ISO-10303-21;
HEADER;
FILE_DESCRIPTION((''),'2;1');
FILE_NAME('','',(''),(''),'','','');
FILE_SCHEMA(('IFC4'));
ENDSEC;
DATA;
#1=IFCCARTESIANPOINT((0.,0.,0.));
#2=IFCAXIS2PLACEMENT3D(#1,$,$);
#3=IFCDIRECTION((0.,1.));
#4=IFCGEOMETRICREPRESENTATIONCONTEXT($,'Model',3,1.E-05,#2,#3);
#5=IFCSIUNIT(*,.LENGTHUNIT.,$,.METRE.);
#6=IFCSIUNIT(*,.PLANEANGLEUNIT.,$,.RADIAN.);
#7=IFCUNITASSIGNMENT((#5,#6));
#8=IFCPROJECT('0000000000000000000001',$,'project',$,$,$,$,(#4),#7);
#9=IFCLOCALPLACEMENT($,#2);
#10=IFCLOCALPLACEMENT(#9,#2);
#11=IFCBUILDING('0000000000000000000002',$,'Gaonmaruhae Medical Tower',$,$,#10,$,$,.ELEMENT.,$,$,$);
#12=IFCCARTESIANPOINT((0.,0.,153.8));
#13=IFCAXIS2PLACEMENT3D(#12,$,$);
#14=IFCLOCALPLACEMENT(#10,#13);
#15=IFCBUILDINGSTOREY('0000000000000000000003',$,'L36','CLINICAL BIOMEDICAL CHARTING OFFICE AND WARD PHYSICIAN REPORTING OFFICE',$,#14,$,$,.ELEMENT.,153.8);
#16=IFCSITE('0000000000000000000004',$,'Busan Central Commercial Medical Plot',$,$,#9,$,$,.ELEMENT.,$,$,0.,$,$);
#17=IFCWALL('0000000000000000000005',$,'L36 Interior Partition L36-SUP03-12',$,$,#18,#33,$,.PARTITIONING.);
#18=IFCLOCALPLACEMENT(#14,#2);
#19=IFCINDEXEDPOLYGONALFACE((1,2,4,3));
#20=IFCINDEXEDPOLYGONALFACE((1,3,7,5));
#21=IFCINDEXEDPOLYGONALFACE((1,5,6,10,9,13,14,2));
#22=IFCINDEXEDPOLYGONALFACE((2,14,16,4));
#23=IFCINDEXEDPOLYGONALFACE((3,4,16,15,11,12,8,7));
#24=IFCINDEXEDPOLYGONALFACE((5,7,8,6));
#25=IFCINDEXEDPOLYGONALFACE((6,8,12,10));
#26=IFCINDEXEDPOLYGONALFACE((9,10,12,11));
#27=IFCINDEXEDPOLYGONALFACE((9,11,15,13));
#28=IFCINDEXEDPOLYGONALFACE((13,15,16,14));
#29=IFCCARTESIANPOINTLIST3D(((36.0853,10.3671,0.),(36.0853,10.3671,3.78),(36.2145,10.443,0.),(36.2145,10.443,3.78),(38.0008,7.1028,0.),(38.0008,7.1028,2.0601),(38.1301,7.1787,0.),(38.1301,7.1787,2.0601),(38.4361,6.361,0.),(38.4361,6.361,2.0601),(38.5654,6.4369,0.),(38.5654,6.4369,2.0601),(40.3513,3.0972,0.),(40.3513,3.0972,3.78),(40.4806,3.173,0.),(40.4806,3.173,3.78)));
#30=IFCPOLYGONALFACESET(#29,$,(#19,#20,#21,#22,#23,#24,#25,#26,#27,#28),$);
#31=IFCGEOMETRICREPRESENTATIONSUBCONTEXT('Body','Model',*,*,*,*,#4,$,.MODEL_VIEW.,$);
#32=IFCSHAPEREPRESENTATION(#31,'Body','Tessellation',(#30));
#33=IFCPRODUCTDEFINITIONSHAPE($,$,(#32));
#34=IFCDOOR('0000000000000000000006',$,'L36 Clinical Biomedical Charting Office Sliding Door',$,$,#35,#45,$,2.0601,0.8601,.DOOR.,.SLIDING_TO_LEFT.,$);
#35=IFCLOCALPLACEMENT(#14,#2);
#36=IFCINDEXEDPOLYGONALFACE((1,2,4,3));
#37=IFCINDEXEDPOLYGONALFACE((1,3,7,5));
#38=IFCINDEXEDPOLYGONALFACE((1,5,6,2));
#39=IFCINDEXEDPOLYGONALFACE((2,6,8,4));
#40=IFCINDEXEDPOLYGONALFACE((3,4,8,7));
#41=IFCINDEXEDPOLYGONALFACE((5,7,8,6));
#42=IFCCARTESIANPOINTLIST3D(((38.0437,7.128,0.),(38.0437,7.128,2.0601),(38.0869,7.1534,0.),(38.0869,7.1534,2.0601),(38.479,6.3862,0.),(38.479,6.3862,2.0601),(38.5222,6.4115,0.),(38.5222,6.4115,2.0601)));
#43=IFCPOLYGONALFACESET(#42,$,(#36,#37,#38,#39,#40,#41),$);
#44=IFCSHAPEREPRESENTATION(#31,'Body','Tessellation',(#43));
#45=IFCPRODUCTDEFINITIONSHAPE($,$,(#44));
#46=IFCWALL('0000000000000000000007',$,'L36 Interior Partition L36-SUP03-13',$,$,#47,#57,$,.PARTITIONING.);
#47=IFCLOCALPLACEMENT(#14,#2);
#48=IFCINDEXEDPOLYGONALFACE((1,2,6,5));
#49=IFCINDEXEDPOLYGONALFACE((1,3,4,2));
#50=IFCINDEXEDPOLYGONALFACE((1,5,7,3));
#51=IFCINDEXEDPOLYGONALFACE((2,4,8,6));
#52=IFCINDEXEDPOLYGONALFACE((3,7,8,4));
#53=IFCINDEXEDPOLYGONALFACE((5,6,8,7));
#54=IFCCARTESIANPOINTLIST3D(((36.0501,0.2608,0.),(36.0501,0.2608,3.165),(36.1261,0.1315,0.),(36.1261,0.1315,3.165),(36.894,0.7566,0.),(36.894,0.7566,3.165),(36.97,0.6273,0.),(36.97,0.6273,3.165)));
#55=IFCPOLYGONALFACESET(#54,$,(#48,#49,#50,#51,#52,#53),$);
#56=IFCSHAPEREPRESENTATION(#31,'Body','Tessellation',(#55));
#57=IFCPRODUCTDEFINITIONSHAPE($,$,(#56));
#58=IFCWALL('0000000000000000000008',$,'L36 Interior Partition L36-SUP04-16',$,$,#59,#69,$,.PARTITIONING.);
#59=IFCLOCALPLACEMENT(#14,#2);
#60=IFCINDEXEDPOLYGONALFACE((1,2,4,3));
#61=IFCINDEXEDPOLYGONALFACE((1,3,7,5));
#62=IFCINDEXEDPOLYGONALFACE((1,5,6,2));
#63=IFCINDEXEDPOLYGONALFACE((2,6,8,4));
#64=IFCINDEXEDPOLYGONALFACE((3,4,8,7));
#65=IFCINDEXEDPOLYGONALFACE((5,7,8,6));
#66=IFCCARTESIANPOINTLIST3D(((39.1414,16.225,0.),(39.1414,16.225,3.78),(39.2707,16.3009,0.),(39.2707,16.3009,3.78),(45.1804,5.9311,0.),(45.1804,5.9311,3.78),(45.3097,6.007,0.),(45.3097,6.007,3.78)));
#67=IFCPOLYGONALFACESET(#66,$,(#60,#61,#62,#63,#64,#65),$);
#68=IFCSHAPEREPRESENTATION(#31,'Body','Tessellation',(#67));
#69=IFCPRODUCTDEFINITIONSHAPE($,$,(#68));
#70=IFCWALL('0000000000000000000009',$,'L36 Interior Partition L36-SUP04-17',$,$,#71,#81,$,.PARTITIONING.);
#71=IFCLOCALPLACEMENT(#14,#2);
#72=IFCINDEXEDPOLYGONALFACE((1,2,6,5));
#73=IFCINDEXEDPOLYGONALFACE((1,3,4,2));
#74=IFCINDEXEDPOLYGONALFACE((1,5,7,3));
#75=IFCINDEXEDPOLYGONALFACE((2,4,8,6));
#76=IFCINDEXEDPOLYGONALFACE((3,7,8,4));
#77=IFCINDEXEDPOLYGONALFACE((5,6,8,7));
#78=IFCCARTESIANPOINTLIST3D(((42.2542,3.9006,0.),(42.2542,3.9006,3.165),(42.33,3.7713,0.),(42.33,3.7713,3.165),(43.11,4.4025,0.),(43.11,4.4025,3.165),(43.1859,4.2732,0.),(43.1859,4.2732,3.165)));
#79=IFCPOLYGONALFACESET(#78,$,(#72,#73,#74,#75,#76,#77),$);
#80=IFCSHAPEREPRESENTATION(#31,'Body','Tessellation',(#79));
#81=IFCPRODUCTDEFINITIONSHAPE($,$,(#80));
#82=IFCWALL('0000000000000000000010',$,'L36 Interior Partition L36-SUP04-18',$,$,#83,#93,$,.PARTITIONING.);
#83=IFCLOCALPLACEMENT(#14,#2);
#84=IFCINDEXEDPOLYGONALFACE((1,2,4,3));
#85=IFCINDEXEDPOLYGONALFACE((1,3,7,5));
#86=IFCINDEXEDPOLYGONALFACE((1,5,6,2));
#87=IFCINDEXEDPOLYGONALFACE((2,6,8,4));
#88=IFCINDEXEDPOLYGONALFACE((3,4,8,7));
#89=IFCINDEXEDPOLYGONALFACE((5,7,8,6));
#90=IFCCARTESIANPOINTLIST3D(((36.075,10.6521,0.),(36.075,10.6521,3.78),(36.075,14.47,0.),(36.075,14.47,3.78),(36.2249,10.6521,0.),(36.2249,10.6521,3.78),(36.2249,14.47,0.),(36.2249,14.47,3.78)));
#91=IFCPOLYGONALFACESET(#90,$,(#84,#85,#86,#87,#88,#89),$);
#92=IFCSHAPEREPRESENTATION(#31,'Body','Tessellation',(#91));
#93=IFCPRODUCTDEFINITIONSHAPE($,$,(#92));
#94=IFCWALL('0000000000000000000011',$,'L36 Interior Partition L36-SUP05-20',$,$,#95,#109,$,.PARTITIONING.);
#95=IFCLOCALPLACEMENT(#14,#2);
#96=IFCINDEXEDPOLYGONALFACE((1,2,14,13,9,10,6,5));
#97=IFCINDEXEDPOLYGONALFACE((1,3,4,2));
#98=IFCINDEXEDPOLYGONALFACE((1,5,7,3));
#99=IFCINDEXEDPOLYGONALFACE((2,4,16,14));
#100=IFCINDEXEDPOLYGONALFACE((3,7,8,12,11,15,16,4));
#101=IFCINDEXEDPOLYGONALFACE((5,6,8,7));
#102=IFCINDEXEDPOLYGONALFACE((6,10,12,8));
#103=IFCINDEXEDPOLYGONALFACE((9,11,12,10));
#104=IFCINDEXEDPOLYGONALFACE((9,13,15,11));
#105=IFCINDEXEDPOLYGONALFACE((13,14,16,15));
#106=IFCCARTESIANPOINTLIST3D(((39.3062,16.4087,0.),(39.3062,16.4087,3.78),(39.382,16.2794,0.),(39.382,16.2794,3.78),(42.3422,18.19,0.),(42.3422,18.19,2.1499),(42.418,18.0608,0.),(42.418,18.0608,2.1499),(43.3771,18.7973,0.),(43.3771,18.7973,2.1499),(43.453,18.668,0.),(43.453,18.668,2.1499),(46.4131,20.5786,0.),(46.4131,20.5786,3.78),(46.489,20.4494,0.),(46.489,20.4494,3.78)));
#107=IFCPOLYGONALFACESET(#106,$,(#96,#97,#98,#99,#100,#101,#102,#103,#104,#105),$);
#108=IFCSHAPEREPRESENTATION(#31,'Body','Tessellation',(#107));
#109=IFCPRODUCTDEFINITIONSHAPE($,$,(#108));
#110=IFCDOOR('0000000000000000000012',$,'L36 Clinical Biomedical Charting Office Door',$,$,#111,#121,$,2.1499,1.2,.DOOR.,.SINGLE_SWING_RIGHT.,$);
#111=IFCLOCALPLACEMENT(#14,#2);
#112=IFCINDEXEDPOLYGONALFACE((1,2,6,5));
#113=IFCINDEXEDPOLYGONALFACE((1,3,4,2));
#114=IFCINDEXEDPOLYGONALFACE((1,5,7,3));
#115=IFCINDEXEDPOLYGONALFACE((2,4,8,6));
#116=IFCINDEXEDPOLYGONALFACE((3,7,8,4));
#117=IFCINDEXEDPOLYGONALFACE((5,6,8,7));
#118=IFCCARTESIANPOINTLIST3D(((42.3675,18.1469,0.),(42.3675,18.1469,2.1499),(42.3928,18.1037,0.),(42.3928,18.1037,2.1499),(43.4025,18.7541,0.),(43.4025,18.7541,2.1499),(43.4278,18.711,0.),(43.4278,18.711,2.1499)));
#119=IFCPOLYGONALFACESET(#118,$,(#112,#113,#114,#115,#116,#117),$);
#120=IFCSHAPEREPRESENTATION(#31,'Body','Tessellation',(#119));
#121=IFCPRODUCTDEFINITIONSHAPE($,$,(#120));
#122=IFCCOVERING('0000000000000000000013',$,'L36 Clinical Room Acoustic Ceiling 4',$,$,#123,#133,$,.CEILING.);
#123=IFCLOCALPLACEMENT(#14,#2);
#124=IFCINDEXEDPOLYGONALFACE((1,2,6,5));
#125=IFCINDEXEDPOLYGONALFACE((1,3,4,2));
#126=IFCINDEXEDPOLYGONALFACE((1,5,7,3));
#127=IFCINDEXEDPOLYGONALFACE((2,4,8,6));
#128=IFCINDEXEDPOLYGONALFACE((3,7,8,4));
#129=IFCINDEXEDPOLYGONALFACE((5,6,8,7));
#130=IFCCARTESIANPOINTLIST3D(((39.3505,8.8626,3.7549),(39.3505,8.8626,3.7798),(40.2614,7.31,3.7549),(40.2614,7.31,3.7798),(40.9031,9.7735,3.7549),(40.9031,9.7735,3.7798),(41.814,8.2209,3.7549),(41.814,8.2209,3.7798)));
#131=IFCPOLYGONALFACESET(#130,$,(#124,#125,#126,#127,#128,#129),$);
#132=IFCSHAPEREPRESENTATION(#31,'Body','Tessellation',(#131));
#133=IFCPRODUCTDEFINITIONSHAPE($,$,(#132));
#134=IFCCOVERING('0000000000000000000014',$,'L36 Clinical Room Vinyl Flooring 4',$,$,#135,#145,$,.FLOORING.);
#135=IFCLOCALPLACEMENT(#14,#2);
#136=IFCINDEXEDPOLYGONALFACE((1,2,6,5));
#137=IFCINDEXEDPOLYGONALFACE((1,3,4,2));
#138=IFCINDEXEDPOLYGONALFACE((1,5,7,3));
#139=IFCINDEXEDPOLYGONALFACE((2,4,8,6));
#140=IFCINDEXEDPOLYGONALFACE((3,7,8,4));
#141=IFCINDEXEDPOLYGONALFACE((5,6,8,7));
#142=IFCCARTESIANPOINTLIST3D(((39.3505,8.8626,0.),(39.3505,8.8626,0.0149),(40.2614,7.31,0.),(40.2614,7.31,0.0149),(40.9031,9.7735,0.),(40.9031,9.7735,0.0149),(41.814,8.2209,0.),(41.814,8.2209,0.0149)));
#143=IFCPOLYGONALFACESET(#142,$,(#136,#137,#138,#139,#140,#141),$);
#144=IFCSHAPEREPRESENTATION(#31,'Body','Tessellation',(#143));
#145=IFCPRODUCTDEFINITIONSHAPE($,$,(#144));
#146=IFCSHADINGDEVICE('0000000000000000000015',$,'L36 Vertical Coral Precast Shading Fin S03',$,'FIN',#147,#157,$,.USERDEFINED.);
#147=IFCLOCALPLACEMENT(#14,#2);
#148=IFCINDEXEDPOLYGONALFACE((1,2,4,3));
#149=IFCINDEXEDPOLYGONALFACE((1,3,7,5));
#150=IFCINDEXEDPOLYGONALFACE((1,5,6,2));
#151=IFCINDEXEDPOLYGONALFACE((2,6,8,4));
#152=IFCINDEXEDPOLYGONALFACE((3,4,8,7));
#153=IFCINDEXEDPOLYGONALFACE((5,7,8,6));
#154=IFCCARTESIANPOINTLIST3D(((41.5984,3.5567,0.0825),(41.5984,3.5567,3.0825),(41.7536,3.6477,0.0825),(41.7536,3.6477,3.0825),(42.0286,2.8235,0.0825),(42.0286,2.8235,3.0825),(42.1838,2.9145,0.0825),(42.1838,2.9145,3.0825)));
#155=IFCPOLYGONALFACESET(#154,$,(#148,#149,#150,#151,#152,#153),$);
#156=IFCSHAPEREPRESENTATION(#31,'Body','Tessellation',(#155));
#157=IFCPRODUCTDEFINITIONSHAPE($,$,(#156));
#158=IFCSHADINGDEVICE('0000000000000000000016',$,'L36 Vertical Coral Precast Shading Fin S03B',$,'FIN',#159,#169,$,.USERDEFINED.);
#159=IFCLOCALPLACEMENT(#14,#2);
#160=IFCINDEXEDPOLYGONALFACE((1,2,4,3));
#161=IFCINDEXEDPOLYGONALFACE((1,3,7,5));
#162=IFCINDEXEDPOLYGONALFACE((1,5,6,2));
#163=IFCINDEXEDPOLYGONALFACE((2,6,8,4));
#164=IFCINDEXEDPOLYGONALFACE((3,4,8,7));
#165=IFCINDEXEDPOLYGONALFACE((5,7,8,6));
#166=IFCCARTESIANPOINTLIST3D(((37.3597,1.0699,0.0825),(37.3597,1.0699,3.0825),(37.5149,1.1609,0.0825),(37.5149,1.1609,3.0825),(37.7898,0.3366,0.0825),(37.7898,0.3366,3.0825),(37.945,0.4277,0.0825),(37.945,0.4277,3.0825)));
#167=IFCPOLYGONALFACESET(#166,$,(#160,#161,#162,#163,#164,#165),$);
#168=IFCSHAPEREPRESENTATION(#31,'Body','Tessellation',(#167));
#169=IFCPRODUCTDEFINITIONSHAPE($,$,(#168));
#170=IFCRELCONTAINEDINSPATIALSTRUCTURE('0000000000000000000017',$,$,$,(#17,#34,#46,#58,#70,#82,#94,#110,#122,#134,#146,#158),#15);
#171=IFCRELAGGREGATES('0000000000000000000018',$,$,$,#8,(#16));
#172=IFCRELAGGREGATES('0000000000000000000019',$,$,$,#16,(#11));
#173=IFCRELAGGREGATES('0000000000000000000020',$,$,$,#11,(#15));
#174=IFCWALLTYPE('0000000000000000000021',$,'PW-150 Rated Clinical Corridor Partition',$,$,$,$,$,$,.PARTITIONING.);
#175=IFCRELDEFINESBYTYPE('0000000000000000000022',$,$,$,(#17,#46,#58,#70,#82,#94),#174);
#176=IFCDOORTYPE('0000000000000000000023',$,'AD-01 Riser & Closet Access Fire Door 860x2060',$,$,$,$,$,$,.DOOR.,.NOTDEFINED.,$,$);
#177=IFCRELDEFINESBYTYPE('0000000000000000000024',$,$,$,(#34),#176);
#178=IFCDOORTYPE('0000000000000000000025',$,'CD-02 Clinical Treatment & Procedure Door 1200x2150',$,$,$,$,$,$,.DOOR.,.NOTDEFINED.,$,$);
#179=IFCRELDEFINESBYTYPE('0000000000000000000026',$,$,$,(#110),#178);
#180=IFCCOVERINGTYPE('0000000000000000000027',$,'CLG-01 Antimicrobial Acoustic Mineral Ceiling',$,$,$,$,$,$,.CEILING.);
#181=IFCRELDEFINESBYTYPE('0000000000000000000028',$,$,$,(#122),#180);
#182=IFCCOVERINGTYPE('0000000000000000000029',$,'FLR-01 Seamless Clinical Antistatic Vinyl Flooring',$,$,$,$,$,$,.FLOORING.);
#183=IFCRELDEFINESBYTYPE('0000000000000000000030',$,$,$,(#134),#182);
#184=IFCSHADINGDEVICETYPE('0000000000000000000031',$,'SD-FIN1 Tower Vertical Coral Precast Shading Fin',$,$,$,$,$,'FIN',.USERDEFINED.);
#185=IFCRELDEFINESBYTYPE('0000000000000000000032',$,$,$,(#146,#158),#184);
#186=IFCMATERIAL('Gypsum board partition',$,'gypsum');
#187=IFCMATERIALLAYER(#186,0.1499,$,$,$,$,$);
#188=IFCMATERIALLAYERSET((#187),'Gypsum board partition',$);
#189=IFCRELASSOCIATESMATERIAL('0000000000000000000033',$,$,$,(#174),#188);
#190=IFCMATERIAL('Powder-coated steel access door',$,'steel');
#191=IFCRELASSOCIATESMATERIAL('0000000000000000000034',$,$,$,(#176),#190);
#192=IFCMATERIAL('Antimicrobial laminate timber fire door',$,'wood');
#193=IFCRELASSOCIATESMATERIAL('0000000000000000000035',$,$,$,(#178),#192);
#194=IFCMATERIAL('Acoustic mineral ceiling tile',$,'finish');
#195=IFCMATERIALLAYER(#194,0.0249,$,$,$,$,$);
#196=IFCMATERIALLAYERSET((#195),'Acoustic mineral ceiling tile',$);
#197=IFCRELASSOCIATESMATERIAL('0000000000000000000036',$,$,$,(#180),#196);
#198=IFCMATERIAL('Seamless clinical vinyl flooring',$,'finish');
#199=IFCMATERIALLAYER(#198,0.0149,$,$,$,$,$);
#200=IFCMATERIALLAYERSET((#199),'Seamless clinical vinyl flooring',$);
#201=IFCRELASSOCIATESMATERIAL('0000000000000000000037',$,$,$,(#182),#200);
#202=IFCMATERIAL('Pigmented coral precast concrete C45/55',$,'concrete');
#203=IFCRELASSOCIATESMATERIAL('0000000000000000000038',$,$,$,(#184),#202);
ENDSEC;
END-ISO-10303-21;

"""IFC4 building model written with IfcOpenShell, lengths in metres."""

from ifc_helpers import new_model, si_unit, direction, frame, frame_2d, origin, origin_2d, place, context, subcontext, project, spatial, rectangle, extrude, material, layer, layer_set, type_object, element, fill, save


model = new_model("IFC4")

# Units and contexts
model_context = context("Model", 3, precision=1e-05, world=origin(), true_north=direction((0.0, 1.0)))
body_context = subcontext(model_context, "Body", "Model", "MODEL_VIEW")
ifc_project = project(units=[si_unit("LENGTHUNIT", "METRE"), si_unit("PLANEANGLEUNIT", "RADIAN")], contexts=[model_context])

# Site, building, storey
site_placement = place(None, origin())
site = spatial("IfcSite", under=ifc_project, at=site_placement, Name="Busan Central Commercial Medical Plot", CompositionType="ELEMENT", RefElevation=0.0)
building_placement = place(site_placement, origin())
building = spatial("IfcBuilding", under=site, at=building_placement, Name="Gaonmaruhae Medical Tower", CompositionType="ELEMENT")
storey_placement = place(building_placement, frame((0.0, 0.0, 153.8)))
storey = spatial("IfcBuildingStorey", under=building, at=storey_placement, Name="L36", Description="CLINICAL BIOMEDICAL CHARTING OFFICE AND WARD PHYSICIAN REPORTING OFFICE", CompositionType="ELEMENT", Elevation=153.8)

# Wall, opening, door
ifc_material_1 = material(Name="Gypsum board partition", Category="gypsum")
ifc_layer_1 = layer(ifc_material_1, 0.1499)
ifc_layer_set_1 = layer_set([ifc_layer_1], Name="Gypsum board partition")
wall_type_1 = type_object("IfcWallType", Name="PW-150 Rated Clinical Corridor Partition", PredefinedType="PARTITIONING", material=ifc_layer_set_1)
wall_1_placement = place(storey_placement, frame((36.1499, 10.405, 0.0), z_axis=(0.0, 0.0, 1.0), x_axis=(0.506106, -0.862471, 0.0)))
wall_1 = element("IfcWall", 1, at=wall_1_placement, inside=storey, type_object=wall_type_1, Name="L36 Interior Partition L36-SUP03-12", PredefinedType="PARTITIONING", context=body_context, shape_type="SweptSolid", body=[
    extrude(rectangle(XDim=8.4292, YDim=0.1499, at=frame_2d((4.2146, 0.0))), origin(), (0.0, 0.0, 1.0), 3.78),
])
opening_1_placement = place(wall_1_placement, frame((3.7847, 0.0, 0.0)))
opening_1 = element("IfcOpeningElement", 2, at=opening_1_placement, cuts=wall_1, PredefinedType="OPENING", context=body_context, shape_type="SweptSolid", body=[
    extrude(rectangle(XDim=0.8601, YDim=2.0601, at=frame_2d((0.4302, 1.03))), frame((0.0, 0.085, 0.0), z_axis=(0.0, -1.0, 0.0), x_axis=(1.0, 0.0, 0.0)), (0.0, 0.0, 1.0), 0.1699),
])
ifc_material_2 = material(Name="Powder-coated steel access door", Category="steel")
door_type_1 = type_object("IfcDoorType", Name="AD-01 Riser & Closet Access Fire Door 860x2060", OperationType="NOTDEFINED", PredefinedType="DOOR", material=ifc_material_2)
door_1_placement = place(opening_1_placement, origin())
door_1 = element("IfcDoor", 3, at=door_1_placement, inside=storey, type_object=door_type_1, Name="L36 Clinical Biomedical Charting Office Sliding Door", OperationType="SLIDING_TO_LEFT", OverallHeight=2.0601, OverallWidth=0.8601, PredefinedType="DOOR", context=body_context, shape_type="SweptSolid", body=[
    extrude(rectangle(XDim=0.8601, YDim=2.0601, at=frame_2d((0.4302, 1.03))), frame((0.0, 0.0249, 0.0), z_axis=(0.0, -1.0, 0.0), x_axis=(1.0, 0.0, 0.0)), (0.0, 0.0, 1.0), 0.05),
])
fill(opening_1, door_1)

# Walls
wall_2_placement = place(storey_placement, frame((36.9319, 0.6919, 0.0), z_axis=(0.0, 0.0, 1.0), x_axis=(-0.86221, -0.506551, 0.0)))
element("IfcWall", 4, at=wall_2_placement, inside=storey, type_object=wall_type_1, Name="L36 Interior Partition L36-SUP03-13", PredefinedType="PARTITIONING", context=body_context, shape_type="SweptSolid", body=[
    extrude(rectangle(XDim=0.9788, YDim=0.1499, at=frame_2d((0.4893, 0.0))), origin(), (0.0, 0.0, 1.0), 3.165),
])
wall_3_placement = place(storey_placement, frame((39.2061, 16.2629, 0.0), z_axis=(0.0, 0.0, 1.0), x_axis=(0.506011, -0.862527, 0.0)))
element("IfcWall", 5, at=wall_3_placement, inside=storey, type_object=wall_type_1, Name="L36 Interior Partition L36-SUP04-16", PredefinedType="PARTITIONING", context=body_context, shape_type="SweptSolid", body=[
    extrude(rectangle(XDim=11.9346, YDim=0.1499, at=frame_2d((5.9673, 0.0))), origin(), (0.0, 0.0, 1.0), 3.78),
])
wall_4_placement = place(storey_placement, frame((43.1479, 4.3379, 0.0), z_axis=(0.0, 0.0, 1.0), x_axis=(-0.862617, -0.505858, 0.0)))
element("IfcWall", 6, at=wall_4_placement, inside=storey, type_object=wall_type_1, Name="L36 Interior Partition L36-SUP04-17", PredefinedType="PARTITIONING", context=body_context, shape_type="SweptSolid", body=[
    extrude(rectangle(XDim=0.9922, YDim=0.1499, at=frame_2d((0.4961, 0.0))), origin(), (0.0, 0.0, 1.0), 3.165),
])
wall_5_placement = place(storey_placement, frame((36.1499, 10.6521, 0.0), z_axis=(0.0, 0.0, 1.0), x_axis=(0.0, 1.0, 0.0)))
element("IfcWall", 7, at=wall_5_placement, inside=storey, type_object=wall_type_1, Name="L36 Interior Partition L36-SUP04-18", PredefinedType="PARTITIONING", context=body_context, shape_type="SweptSolid", body=[
    extrude(rectangle(XDim=3.8179, YDim=0.1499, at=frame_2d((1.9089, 0.0))), origin(), (0.0, 0.0, 1.0), 3.78),
])

# Wall, opening, door
ifc_material_3 = material(Name="Antimicrobial laminate timber fire door", Category="wood")
door_type_2 = type_object("IfcDoorType", Name="CD-02 Clinical Treatment & Procedure Door 1200x2150", OperationType="NOTDEFINED", PredefinedType="DOOR", material=ifc_material_3)
wall_6_placement = place(storey_placement, frame((39.344, 16.344, 0.0), z_axis=(0.0, 0.0, 1.0), x_axis=(0.862497, 0.506062, 0.0)))
wall_6 = element("IfcWall", 8, at=wall_6_placement, inside=storey, type_object=wall_type_1, Name="L36 Interior Partition L36-SUP05-20", PredefinedType="PARTITIONING", context=body_context, shape_type="SweptSolid", body=[
    extrude(rectangle(XDim=8.24, YDim=0.1499, at=frame_2d((4.1201, 0.0))), origin(), (0.0, 0.0, 1.0), 3.78),
])
opening_2_placement = place(wall_6_placement, frame((3.52, 0.0, 0.0)))
opening_2 = element("IfcOpeningElement", 9, at=opening_2_placement, cuts=wall_6, PredefinedType="OPENING", context=body_context, shape_type="SweptSolid", body=[
    extrude(rectangle(XDim=1.2, YDim=2.1499, at=frame_2d((0.6001, 1.075))), frame((0.0, 0.085, 0.0), z_axis=(0.0, -1.0, 0.0), x_axis=(1.0, 0.0, 0.0)), (0.0, 0.0, 1.0), 0.1699),
])
door_2_placement = place(opening_2_placement, origin())
door_2 = element("IfcDoor", 10, at=door_2_placement, inside=storey, type_object=door_type_2, Name="L36 Clinical Biomedical Charting Office Door", OperationType="SINGLE_SWING_RIGHT", OverallHeight=2.1499, OverallWidth=1.2, PredefinedType="DOOR", context=body_context, shape_type="SweptSolid", body=[
    extrude(rectangle(XDim=1.2, YDim=2.1499, at=frame_2d((0.6001, 1.075))), frame((0.0, 0.0249, 0.0), z_axis=(0.0, -1.0, 0.0), x_axis=(1.0, 0.0, 0.0)), (0.0, 0.0, 1.0), 0.05),
])
fill(opening_2, door_2)

# Coverings
ifc_material_4 = material(Name="Acoustic mineral ceiling tile", Category="finish")
ifc_layer_2 = layer(ifc_material_4, 0.0249)
ifc_layer_set_2 = layer_set([ifc_layer_2], Name="Acoustic mineral ceiling tile")
covering_type_1 = type_object("IfcCoveringType", Name="CLG-01 Antimicrobial Acoustic Mineral Ceiling", PredefinedType="CEILING", material=ifc_layer_set_2)
covering_1_placement = place(storey_placement, frame((40.5823, 8.5417, 3.7549), z_axis=(0.0, 0.0, 1.0), x_axis=(0.862514, 0.506034, 0.0)))
element("IfcCovering", 11, at=covering_1_placement, inside=storey, type_object=covering_type_1, Name="L36 Clinical Room Acoustic Ceiling 4", PredefinedType="CEILING", context=body_context, shape_type="SweptSolid", body=[
    extrude(rectangle(XDim=1.8, YDim=1.8, at=origin_2d()), origin(), (0.0, 0.0, 1.0), 0.0249),
])
ifc_material_5 = material(Name="Seamless clinical vinyl flooring", Category="finish")
ifc_layer_3 = layer(ifc_material_5, 0.0149)
ifc_layer_set_3 = layer_set([ifc_layer_3], Name="Seamless clinical vinyl flooring")
covering_type_2 = type_object("IfcCoveringType", Name="FLR-01 Seamless Clinical Antistatic Vinyl Flooring", PredefinedType="FLOORING", material=ifc_layer_set_3)
covering_2_placement = place(storey_placement, frame((40.5823, 8.5417, 0.0), z_axis=(0.0, 0.0, 1.0), x_axis=(0.862514, 0.506034, 0.0)))
element("IfcCovering", 12, at=covering_2_placement, inside=storey, type_object=covering_type_2, Name="L36 Clinical Room Vinyl Flooring 4", PredefinedType="FLOORING", context=body_context, shape_type="SweptSolid", body=[
    extrude(rectangle(XDim=1.8, YDim=1.8, at=origin_2d()), origin(), (0.0, 0.0, 1.0), 0.0149),
])

# Shading devices
ifc_material_6 = material(Name="Pigmented coral precast concrete C45/55", Category="concrete")
shading_device_type = type_object("IfcShadingDeviceType", Name="SD-FIN1 Tower Vertical Coral Precast Shading Fin", ElementType="FIN", PredefinedType="USERDEFINED", material=ifc_material_6)
for number, where, z_axis, x_axis, name in (
    (13, (41.8911, 3.2356, 0.0825), (0.0, 0.0, 1.0), (-0.862514, -0.506034, 0.0), "L36 Vertical Coral Precast Shading Fin S03"),
    (14, (37.6523, 0.7488, 0.0825), (0.0, 0.0, 1.0), (-0.862514, -0.506034, 0.0), "L36 Vertical Coral Precast Shading Fin S03B"),
):
    element("IfcShadingDevice", number, at=place(storey_placement, frame(where, z_axis=z_axis, x_axis=x_axis)), inside=storey, type_object=shading_device_type, Name=name, ObjectType="FIN", PredefinedType="USERDEFINED", context=body_context, shape_type="SweptSolid", body=[
        extrude(rectangle(XDim=0.1799, YDim=0.8501, at=origin_2d()), origin(), (0.0, 0.0, 1.0), 3.0),
    ])

save(model, "model.ifc")
